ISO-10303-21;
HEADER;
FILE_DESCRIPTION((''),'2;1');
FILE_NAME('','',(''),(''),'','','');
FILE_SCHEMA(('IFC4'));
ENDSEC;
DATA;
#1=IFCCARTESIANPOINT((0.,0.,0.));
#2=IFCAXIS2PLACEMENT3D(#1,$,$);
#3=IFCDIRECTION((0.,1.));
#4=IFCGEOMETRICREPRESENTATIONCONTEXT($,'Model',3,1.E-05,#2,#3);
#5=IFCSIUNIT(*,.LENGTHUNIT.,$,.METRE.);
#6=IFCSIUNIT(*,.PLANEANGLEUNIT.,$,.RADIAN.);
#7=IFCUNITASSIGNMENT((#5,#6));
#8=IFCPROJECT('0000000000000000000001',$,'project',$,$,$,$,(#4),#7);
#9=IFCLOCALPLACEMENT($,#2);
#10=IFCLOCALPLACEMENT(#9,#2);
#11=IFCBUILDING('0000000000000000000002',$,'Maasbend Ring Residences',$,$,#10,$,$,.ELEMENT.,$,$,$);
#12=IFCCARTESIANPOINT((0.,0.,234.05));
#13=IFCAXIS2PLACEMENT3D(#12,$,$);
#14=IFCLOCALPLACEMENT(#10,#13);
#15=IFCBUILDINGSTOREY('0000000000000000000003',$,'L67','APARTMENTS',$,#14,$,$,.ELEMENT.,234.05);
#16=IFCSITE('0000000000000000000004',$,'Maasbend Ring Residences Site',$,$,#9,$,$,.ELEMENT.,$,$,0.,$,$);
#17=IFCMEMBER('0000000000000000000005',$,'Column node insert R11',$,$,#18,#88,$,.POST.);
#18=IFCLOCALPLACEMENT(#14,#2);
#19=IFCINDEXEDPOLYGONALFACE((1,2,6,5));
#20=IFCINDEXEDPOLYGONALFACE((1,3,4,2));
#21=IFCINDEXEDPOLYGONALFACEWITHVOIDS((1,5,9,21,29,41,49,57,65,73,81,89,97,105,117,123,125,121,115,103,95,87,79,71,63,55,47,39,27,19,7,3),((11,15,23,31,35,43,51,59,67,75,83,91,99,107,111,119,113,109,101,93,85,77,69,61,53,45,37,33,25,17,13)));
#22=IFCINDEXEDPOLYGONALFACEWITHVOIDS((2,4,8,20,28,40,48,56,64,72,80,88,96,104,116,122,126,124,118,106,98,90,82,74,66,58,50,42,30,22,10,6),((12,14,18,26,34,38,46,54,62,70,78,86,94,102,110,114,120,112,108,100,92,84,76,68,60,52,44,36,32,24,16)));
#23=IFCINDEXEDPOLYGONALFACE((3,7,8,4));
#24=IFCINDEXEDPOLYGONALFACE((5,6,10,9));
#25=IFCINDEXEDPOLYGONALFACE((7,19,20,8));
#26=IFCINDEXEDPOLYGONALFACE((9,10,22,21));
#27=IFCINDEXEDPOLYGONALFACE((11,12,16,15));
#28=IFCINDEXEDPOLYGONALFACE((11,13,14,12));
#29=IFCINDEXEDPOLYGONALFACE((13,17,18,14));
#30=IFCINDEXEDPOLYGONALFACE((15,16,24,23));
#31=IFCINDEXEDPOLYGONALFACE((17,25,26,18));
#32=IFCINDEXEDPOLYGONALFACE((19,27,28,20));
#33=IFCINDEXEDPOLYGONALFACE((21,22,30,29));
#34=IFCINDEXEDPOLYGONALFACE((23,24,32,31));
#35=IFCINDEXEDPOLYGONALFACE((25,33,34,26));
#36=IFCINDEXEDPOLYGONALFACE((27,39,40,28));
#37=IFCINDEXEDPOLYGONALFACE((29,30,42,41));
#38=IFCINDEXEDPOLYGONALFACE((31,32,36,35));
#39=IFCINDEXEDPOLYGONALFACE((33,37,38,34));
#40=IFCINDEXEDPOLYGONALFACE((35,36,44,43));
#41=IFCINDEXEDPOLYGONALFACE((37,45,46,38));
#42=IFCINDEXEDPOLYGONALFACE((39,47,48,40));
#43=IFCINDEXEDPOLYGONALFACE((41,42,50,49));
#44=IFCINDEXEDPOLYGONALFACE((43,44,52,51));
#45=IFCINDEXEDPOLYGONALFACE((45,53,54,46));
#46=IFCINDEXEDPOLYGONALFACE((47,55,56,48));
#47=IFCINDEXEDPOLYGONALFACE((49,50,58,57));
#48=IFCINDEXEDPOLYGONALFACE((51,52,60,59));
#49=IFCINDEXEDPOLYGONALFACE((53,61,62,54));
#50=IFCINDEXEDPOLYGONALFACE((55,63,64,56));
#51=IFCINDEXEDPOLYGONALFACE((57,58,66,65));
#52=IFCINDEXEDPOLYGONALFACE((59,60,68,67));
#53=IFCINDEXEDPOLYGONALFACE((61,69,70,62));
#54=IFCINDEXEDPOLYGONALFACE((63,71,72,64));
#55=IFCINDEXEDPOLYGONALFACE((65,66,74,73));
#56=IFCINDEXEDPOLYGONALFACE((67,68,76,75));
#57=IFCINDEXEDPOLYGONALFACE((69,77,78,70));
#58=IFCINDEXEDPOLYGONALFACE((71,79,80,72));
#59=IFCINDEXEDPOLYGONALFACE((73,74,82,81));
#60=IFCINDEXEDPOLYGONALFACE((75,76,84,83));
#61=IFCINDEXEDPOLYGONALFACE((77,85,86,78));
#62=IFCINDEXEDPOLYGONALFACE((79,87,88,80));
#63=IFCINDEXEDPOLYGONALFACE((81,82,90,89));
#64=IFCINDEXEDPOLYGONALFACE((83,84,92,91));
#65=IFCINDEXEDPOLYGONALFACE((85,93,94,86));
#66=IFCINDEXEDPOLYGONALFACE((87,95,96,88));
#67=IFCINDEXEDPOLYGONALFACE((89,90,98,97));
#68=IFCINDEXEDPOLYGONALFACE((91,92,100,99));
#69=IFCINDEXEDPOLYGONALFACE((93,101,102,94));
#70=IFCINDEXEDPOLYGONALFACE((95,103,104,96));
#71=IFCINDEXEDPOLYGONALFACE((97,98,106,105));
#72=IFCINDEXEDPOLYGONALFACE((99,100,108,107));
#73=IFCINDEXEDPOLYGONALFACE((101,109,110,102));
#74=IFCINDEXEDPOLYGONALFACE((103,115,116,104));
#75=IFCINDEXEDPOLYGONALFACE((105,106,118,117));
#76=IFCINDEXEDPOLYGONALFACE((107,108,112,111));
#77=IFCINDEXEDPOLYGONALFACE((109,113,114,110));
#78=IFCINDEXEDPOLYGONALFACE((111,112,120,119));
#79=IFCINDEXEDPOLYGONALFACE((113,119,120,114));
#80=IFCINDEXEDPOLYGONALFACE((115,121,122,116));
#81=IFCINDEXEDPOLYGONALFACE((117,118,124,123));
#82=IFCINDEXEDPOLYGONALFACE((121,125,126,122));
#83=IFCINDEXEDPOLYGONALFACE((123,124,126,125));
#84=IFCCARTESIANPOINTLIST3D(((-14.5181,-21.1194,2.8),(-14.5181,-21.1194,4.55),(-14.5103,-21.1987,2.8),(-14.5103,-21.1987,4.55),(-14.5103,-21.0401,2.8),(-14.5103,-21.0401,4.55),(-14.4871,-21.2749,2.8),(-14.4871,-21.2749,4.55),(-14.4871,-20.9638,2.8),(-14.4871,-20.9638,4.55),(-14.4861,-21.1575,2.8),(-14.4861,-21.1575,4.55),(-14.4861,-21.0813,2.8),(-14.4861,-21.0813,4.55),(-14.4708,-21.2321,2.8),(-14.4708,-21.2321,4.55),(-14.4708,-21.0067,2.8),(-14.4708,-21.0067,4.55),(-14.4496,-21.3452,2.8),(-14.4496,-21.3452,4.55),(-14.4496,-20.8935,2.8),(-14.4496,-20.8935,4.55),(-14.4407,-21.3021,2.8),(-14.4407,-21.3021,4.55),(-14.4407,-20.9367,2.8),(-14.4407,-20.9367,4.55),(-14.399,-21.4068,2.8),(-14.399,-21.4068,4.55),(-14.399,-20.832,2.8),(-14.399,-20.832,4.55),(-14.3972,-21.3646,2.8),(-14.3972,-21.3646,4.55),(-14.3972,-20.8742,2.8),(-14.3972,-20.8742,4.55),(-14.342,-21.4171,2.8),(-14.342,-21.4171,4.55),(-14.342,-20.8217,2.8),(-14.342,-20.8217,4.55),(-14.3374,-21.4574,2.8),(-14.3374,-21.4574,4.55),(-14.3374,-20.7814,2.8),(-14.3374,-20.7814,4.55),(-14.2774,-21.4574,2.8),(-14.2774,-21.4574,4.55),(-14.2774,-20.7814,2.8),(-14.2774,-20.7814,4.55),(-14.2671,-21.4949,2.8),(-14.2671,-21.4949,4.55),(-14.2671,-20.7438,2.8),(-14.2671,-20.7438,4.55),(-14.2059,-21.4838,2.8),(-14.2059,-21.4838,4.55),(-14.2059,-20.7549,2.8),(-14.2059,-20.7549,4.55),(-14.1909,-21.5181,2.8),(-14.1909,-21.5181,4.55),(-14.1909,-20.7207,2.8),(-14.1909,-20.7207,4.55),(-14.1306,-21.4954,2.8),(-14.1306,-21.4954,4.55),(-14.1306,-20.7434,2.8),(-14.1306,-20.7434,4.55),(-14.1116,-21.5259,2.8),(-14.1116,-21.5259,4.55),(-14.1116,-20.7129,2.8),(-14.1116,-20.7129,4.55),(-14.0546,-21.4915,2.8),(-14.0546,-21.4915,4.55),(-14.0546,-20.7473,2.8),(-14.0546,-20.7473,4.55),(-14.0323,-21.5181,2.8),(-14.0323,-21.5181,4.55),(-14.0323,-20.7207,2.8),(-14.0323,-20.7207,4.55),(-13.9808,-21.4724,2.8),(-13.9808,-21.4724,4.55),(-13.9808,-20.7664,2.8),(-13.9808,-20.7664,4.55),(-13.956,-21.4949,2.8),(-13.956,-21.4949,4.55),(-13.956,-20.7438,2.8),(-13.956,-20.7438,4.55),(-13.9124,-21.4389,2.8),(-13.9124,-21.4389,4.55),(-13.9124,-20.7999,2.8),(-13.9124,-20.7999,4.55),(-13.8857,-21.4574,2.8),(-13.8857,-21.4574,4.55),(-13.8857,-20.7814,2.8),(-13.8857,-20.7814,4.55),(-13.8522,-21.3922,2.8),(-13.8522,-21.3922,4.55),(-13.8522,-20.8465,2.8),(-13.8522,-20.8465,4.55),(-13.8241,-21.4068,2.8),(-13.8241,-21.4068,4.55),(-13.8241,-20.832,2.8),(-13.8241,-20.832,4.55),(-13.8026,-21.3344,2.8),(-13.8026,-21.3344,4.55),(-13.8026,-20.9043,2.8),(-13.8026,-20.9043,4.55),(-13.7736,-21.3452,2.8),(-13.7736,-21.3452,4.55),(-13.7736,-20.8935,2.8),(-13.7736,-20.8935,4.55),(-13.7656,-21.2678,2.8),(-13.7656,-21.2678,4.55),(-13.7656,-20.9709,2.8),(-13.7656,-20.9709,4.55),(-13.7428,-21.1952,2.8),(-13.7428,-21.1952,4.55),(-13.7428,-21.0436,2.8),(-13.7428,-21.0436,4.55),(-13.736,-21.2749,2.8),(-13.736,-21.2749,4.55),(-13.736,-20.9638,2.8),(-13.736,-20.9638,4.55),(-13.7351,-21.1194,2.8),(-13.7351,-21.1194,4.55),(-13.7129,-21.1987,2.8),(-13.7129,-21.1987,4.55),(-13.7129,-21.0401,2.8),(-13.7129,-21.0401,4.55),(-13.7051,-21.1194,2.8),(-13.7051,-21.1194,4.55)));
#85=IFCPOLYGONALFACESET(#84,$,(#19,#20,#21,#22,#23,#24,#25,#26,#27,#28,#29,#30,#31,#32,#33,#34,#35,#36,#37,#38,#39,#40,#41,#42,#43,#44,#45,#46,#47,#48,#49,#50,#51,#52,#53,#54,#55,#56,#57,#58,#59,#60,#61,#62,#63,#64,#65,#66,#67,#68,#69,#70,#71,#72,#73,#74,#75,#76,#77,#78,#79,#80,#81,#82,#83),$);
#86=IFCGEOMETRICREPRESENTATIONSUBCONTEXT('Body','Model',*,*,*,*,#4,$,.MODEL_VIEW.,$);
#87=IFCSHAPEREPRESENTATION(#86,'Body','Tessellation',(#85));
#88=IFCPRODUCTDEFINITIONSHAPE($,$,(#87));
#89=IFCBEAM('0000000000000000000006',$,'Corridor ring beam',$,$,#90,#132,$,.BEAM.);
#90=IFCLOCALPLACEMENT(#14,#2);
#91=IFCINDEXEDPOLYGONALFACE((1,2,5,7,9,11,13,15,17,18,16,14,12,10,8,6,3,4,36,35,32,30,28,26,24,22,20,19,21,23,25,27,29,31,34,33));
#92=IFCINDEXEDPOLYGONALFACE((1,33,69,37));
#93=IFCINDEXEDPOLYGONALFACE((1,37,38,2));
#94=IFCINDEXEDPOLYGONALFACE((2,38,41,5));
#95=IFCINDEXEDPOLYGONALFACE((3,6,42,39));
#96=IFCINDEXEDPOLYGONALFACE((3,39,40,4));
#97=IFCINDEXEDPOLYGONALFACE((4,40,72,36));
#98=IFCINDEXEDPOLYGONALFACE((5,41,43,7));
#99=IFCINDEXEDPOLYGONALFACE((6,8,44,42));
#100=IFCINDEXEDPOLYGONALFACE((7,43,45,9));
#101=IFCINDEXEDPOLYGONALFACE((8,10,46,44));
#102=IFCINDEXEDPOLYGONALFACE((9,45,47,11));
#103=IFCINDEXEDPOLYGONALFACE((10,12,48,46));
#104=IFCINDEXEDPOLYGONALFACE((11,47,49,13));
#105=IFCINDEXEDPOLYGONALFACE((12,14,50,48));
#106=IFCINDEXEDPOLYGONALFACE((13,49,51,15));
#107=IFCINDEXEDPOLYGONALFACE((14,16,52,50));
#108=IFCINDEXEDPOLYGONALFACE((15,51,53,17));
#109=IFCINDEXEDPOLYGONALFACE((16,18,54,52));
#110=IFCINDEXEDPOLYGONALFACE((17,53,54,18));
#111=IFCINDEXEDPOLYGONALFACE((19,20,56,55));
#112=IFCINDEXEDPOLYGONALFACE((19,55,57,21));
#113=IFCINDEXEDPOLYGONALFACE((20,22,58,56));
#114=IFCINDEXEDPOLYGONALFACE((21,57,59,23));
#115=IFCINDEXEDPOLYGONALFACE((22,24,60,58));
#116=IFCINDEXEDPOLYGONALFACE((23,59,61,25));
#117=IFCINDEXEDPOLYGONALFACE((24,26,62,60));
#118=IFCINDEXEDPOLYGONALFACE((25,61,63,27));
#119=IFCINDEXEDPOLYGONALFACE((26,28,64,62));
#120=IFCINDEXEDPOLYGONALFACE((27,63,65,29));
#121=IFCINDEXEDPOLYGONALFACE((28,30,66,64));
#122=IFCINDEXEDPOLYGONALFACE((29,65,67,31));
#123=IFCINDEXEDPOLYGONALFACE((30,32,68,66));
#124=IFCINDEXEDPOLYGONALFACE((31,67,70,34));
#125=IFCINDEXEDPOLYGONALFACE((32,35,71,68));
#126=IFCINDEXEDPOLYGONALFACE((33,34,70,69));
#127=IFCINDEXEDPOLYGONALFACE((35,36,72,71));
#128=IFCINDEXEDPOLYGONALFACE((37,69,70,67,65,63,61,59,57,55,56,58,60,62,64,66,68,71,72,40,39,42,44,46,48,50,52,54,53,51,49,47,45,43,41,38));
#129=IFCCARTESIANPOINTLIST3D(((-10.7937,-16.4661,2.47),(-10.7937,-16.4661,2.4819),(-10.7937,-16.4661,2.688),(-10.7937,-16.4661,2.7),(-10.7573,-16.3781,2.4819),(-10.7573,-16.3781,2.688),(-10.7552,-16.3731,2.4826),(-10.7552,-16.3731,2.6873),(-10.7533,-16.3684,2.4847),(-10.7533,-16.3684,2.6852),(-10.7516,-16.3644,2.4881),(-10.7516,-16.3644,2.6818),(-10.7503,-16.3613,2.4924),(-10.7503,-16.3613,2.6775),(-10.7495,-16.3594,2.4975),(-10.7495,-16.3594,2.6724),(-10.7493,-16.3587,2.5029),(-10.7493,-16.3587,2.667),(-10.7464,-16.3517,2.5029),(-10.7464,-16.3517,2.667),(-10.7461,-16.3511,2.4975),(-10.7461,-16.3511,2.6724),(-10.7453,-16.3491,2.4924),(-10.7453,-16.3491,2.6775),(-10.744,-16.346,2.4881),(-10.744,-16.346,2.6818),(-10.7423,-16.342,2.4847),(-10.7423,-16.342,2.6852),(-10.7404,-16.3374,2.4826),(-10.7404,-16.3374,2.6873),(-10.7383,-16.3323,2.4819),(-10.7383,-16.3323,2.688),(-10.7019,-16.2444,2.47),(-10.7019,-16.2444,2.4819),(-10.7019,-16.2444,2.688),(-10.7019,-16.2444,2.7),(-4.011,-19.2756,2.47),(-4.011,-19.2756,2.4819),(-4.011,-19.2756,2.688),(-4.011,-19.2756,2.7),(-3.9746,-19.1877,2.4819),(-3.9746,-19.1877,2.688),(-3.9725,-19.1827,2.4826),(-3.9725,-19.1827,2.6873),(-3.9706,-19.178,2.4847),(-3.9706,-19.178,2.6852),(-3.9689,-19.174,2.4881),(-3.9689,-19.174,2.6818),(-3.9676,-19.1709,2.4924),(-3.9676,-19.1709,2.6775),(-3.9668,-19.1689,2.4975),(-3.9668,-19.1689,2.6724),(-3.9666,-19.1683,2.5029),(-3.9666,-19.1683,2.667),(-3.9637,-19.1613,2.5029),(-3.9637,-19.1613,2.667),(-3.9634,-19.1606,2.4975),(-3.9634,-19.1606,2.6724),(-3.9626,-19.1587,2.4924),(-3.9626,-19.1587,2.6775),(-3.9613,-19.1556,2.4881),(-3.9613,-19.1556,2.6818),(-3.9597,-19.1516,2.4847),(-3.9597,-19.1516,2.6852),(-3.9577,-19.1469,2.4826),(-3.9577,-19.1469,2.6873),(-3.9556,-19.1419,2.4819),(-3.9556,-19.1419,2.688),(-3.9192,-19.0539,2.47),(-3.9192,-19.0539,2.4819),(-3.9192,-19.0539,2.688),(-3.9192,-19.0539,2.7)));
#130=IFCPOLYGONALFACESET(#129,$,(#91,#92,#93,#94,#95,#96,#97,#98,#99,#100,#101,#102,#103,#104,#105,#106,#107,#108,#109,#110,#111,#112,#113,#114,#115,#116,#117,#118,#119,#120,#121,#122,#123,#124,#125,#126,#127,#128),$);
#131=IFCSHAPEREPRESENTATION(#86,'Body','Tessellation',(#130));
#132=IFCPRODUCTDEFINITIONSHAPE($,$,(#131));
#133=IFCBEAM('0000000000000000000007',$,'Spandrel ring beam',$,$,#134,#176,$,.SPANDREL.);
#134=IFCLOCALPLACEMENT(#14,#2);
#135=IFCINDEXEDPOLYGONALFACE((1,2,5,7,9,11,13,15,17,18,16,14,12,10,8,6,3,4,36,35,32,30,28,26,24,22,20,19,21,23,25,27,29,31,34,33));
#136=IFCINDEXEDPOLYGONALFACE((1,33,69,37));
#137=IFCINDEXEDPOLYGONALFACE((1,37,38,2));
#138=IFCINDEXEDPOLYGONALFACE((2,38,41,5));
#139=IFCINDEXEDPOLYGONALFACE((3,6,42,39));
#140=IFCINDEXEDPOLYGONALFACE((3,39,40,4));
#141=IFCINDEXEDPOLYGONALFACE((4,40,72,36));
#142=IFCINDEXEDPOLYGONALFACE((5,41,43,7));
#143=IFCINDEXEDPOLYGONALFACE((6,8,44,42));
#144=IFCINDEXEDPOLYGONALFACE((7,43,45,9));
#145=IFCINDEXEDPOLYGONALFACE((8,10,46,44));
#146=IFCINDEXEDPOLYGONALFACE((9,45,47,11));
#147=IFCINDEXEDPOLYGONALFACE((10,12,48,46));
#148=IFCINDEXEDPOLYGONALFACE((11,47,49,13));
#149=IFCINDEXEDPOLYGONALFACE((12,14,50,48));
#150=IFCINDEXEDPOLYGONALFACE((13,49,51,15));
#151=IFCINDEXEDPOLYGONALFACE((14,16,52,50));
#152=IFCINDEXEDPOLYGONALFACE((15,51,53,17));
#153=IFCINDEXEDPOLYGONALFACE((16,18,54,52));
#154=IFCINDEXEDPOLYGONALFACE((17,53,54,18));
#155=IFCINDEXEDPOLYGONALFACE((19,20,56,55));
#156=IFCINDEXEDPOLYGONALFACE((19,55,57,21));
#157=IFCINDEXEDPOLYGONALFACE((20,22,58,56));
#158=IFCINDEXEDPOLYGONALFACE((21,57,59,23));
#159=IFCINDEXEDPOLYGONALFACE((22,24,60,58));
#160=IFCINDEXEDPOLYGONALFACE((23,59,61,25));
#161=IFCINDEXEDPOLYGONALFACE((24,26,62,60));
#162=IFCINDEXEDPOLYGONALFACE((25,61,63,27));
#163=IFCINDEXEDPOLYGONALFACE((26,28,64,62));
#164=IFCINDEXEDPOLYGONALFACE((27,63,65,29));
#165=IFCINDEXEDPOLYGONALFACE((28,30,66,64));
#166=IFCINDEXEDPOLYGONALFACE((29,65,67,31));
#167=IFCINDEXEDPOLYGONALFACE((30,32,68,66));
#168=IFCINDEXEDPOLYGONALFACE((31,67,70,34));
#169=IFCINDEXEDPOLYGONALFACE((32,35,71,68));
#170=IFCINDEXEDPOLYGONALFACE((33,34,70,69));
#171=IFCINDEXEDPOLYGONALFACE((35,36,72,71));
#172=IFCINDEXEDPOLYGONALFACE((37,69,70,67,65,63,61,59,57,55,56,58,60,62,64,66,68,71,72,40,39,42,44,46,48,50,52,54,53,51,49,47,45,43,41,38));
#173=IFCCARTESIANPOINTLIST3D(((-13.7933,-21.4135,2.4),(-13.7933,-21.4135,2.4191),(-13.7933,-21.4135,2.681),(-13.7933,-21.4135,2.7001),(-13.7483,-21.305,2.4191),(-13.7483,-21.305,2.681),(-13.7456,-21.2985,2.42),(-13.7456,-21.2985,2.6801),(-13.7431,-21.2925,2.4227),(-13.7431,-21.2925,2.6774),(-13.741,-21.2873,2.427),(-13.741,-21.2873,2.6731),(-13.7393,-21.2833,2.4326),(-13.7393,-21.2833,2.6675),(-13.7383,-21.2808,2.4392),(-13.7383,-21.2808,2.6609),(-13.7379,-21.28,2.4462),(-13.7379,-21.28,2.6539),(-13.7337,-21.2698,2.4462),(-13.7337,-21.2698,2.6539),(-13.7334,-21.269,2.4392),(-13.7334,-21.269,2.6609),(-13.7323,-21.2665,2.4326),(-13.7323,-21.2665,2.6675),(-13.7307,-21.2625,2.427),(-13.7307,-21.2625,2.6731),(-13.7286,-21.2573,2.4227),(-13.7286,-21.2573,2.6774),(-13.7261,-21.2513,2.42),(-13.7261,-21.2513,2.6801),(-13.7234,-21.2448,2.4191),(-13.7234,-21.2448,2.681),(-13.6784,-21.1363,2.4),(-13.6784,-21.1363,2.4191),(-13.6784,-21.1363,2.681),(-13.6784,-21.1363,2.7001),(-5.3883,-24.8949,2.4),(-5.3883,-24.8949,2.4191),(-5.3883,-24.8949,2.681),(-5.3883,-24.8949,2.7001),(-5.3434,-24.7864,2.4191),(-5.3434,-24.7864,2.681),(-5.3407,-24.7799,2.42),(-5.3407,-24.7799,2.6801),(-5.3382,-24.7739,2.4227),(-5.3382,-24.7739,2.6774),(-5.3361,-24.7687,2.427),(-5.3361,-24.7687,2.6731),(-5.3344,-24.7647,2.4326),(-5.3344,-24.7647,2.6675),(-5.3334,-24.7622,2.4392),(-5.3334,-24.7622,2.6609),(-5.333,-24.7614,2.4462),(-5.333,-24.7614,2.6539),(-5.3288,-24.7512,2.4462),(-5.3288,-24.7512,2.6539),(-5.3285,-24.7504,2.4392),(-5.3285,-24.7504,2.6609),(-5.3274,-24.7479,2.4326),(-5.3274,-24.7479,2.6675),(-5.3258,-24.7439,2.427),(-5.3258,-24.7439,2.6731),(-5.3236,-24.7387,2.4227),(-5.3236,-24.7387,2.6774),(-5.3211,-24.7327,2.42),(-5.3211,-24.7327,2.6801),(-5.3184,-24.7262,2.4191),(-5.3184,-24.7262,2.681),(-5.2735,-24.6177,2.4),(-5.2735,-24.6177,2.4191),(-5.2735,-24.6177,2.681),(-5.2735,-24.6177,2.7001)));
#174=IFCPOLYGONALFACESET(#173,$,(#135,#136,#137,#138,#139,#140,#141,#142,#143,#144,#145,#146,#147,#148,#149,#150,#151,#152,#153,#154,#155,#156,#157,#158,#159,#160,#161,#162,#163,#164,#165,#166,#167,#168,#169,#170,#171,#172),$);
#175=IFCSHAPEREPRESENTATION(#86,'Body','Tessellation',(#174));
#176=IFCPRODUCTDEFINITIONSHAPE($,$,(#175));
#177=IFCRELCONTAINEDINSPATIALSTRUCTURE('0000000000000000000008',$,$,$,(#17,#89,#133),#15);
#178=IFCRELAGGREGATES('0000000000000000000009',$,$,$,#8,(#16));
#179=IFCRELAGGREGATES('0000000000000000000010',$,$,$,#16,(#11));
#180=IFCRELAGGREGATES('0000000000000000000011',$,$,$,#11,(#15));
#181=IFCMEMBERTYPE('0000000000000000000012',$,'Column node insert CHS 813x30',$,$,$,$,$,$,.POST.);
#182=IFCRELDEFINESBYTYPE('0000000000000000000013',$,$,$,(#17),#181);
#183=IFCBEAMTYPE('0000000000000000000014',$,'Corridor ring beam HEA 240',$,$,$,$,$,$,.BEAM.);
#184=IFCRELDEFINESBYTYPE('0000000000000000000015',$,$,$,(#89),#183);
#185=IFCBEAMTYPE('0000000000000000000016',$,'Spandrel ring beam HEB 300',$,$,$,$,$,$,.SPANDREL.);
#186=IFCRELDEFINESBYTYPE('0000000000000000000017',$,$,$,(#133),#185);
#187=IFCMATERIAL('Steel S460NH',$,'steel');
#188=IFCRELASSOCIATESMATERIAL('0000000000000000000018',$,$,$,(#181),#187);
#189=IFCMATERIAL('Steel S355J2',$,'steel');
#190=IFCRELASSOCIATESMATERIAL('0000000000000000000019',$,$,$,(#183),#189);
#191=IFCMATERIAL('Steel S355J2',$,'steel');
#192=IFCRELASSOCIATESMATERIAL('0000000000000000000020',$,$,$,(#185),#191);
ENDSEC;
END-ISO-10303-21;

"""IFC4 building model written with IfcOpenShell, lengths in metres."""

from ifc_helpers import new_model, si_unit, direction, frame, origin, origin_2d, place, context, subcontext, project, spatial, hollow_circle, i_section, extrude, material, material_profile, profile_set, type_object, element, save


model = new_model("IFC4")

# Units and contexts
model_context = context("Model", 3, precision=1e-05, world=origin(), true_north=direction((0.0, 1.0)))
body_context = subcontext(model_context, "Body", "Model", "MODEL_VIEW")
ifc_project = project(units=[si_unit("LENGTHUNIT", "METRE"), si_unit("PLANEANGLEUNIT", "RADIAN")], contexts=[model_context])

# Site, building, storey
site_placement = place(None, origin())
site = spatial("IfcSite", under=ifc_project, at=site_placement, Name="Maasbend Ring Residences Site", CompositionType="ELEMENT", RefElevation=0.0)
building_placement = place(site_placement, origin())
building = spatial("IfcBuilding", under=site, at=building_placement, Name="Maasbend Ring Residences", CompositionType="ELEMENT")
storey_placement = place(building_placement, frame((0.0, 0.0, 234.05)))
storey = spatial("IfcBuildingStorey", under=building, at=storey_placement, Name="L67", Description="APARTMENTS", CompositionType="ELEMENT", Elevation=234.05)

# Member
ifc_material_1 = material(Name="Steel S460NH", Category="steel")
ifc_material_profile_1 = material_profile(ifc_material_1, hollow_circle(Radius=0.4065, WallThickness=0.03, at=origin_2d()), Name="Column node insert CHS 813x30")
ifc_profile_set_1 = profile_set([ifc_material_profile_1], Name="Steel S460NH")
member_type = type_object("IfcMemberType", Name="Column node insert CHS 813x30", PredefinedType="POST", material=ifc_profile_set_1)
member_placement = place(storey_placement, frame((-14.1116, -21.1194, 2.8), z_axis=(0.0, 0.0, 1.0), x_axis=(1.0, 0.0, 0.0)))
element("IfcMember", 1, at=member_placement, inside=storey, type_object=member_type, Name="Column node insert R11", PredefinedType="POST", context=body_context, shape_type="SweptSolid", body=[
    extrude(hollow_circle(Radius=0.4065, WallThickness=0.03, at=origin_2d()), origin(), (0.0, 0.0, 1.0), 1.75),
])

# Beams
ifc_material_2 = material(Name="Steel S355J2", Category="steel")
ifc_material_profile_2 = material_profile(ifc_material_2, i_section(OverallWidth=0.24, OverallDepth=0.23, WebThickness=0.0076, FlangeThickness=0.012, FilletRadius=0.021, at=origin_2d()), Name="HEA 240")
ifc_profile_set_2 = profile_set([ifc_material_profile_2], Name="Steel S355J2")
beam_type_1 = type_object("IfcBeamType", Name="Corridor ring beam HEA 240", PredefinedType="BEAM", material=ifc_profile_set_2)
beam_1_placement = place(storey_placement, frame((-10.7478, -16.3552, 2.585), z_axis=(0.923876, -0.382692, 0.0), x_axis=(0.382692, 0.923876, 0.0)))
element("IfcBeam", 2, at=beam_1_placement, inside=storey, type_object=beam_type_1, Name="Corridor ring beam", PredefinedType="BEAM", context=body_context, shape_type="SweptSolid", body=[
    extrude(i_section(OverallWidth=0.24, OverallDepth=0.23, WebThickness=0.0076, FlangeThickness=0.012, FilletRadius=0.021, at=origin_2d()), origin(), (0.0, 0.0, 1.0), 7.3416),
])
ifc_material_3 = material(Name="Steel S355J2", Category="steel")
ifc_material_profile_3 = material_profile(ifc_material_3, i_section(OverallWidth=0.3, OverallDepth=0.3, WebThickness=0.011, FlangeThickness=0.019, FilletRadius=0.0271, at=origin_2d()), Name="HEB 300")
ifc_profile_set_3 = profile_set([ifc_material_profile_3], Name="Steel S355J2")
beam_type_2 = type_object("IfcBeamType", Name="Spandrel ring beam HEB 300", PredefinedType="SPANDREL", material=ifc_profile_set_3)
beam_2_placement = place(storey_placement, frame((-13.7358, -21.2749, 2.55), z_axis=(0.923881, -0.38268, 0.0), x_axis=(0.38268, 0.923881, 0.0)))
element("IfcBeam", 3, at=beam_2_placement, inside=storey, type_object=beam_type_2, Name="Spandrel ring beam", PredefinedType="SPANDREL", context=body_context, shape_type="SweptSolid", body=[
    extrude(i_section(OverallWidth=0.3, OverallDepth=0.3, WebThickness=0.011, FlangeThickness=0.019, FilletRadius=0.0271, at=origin_2d()), origin(), (0.0, 0.0, 1.0), 9.0974),
])

save(model, "model.ifc")
